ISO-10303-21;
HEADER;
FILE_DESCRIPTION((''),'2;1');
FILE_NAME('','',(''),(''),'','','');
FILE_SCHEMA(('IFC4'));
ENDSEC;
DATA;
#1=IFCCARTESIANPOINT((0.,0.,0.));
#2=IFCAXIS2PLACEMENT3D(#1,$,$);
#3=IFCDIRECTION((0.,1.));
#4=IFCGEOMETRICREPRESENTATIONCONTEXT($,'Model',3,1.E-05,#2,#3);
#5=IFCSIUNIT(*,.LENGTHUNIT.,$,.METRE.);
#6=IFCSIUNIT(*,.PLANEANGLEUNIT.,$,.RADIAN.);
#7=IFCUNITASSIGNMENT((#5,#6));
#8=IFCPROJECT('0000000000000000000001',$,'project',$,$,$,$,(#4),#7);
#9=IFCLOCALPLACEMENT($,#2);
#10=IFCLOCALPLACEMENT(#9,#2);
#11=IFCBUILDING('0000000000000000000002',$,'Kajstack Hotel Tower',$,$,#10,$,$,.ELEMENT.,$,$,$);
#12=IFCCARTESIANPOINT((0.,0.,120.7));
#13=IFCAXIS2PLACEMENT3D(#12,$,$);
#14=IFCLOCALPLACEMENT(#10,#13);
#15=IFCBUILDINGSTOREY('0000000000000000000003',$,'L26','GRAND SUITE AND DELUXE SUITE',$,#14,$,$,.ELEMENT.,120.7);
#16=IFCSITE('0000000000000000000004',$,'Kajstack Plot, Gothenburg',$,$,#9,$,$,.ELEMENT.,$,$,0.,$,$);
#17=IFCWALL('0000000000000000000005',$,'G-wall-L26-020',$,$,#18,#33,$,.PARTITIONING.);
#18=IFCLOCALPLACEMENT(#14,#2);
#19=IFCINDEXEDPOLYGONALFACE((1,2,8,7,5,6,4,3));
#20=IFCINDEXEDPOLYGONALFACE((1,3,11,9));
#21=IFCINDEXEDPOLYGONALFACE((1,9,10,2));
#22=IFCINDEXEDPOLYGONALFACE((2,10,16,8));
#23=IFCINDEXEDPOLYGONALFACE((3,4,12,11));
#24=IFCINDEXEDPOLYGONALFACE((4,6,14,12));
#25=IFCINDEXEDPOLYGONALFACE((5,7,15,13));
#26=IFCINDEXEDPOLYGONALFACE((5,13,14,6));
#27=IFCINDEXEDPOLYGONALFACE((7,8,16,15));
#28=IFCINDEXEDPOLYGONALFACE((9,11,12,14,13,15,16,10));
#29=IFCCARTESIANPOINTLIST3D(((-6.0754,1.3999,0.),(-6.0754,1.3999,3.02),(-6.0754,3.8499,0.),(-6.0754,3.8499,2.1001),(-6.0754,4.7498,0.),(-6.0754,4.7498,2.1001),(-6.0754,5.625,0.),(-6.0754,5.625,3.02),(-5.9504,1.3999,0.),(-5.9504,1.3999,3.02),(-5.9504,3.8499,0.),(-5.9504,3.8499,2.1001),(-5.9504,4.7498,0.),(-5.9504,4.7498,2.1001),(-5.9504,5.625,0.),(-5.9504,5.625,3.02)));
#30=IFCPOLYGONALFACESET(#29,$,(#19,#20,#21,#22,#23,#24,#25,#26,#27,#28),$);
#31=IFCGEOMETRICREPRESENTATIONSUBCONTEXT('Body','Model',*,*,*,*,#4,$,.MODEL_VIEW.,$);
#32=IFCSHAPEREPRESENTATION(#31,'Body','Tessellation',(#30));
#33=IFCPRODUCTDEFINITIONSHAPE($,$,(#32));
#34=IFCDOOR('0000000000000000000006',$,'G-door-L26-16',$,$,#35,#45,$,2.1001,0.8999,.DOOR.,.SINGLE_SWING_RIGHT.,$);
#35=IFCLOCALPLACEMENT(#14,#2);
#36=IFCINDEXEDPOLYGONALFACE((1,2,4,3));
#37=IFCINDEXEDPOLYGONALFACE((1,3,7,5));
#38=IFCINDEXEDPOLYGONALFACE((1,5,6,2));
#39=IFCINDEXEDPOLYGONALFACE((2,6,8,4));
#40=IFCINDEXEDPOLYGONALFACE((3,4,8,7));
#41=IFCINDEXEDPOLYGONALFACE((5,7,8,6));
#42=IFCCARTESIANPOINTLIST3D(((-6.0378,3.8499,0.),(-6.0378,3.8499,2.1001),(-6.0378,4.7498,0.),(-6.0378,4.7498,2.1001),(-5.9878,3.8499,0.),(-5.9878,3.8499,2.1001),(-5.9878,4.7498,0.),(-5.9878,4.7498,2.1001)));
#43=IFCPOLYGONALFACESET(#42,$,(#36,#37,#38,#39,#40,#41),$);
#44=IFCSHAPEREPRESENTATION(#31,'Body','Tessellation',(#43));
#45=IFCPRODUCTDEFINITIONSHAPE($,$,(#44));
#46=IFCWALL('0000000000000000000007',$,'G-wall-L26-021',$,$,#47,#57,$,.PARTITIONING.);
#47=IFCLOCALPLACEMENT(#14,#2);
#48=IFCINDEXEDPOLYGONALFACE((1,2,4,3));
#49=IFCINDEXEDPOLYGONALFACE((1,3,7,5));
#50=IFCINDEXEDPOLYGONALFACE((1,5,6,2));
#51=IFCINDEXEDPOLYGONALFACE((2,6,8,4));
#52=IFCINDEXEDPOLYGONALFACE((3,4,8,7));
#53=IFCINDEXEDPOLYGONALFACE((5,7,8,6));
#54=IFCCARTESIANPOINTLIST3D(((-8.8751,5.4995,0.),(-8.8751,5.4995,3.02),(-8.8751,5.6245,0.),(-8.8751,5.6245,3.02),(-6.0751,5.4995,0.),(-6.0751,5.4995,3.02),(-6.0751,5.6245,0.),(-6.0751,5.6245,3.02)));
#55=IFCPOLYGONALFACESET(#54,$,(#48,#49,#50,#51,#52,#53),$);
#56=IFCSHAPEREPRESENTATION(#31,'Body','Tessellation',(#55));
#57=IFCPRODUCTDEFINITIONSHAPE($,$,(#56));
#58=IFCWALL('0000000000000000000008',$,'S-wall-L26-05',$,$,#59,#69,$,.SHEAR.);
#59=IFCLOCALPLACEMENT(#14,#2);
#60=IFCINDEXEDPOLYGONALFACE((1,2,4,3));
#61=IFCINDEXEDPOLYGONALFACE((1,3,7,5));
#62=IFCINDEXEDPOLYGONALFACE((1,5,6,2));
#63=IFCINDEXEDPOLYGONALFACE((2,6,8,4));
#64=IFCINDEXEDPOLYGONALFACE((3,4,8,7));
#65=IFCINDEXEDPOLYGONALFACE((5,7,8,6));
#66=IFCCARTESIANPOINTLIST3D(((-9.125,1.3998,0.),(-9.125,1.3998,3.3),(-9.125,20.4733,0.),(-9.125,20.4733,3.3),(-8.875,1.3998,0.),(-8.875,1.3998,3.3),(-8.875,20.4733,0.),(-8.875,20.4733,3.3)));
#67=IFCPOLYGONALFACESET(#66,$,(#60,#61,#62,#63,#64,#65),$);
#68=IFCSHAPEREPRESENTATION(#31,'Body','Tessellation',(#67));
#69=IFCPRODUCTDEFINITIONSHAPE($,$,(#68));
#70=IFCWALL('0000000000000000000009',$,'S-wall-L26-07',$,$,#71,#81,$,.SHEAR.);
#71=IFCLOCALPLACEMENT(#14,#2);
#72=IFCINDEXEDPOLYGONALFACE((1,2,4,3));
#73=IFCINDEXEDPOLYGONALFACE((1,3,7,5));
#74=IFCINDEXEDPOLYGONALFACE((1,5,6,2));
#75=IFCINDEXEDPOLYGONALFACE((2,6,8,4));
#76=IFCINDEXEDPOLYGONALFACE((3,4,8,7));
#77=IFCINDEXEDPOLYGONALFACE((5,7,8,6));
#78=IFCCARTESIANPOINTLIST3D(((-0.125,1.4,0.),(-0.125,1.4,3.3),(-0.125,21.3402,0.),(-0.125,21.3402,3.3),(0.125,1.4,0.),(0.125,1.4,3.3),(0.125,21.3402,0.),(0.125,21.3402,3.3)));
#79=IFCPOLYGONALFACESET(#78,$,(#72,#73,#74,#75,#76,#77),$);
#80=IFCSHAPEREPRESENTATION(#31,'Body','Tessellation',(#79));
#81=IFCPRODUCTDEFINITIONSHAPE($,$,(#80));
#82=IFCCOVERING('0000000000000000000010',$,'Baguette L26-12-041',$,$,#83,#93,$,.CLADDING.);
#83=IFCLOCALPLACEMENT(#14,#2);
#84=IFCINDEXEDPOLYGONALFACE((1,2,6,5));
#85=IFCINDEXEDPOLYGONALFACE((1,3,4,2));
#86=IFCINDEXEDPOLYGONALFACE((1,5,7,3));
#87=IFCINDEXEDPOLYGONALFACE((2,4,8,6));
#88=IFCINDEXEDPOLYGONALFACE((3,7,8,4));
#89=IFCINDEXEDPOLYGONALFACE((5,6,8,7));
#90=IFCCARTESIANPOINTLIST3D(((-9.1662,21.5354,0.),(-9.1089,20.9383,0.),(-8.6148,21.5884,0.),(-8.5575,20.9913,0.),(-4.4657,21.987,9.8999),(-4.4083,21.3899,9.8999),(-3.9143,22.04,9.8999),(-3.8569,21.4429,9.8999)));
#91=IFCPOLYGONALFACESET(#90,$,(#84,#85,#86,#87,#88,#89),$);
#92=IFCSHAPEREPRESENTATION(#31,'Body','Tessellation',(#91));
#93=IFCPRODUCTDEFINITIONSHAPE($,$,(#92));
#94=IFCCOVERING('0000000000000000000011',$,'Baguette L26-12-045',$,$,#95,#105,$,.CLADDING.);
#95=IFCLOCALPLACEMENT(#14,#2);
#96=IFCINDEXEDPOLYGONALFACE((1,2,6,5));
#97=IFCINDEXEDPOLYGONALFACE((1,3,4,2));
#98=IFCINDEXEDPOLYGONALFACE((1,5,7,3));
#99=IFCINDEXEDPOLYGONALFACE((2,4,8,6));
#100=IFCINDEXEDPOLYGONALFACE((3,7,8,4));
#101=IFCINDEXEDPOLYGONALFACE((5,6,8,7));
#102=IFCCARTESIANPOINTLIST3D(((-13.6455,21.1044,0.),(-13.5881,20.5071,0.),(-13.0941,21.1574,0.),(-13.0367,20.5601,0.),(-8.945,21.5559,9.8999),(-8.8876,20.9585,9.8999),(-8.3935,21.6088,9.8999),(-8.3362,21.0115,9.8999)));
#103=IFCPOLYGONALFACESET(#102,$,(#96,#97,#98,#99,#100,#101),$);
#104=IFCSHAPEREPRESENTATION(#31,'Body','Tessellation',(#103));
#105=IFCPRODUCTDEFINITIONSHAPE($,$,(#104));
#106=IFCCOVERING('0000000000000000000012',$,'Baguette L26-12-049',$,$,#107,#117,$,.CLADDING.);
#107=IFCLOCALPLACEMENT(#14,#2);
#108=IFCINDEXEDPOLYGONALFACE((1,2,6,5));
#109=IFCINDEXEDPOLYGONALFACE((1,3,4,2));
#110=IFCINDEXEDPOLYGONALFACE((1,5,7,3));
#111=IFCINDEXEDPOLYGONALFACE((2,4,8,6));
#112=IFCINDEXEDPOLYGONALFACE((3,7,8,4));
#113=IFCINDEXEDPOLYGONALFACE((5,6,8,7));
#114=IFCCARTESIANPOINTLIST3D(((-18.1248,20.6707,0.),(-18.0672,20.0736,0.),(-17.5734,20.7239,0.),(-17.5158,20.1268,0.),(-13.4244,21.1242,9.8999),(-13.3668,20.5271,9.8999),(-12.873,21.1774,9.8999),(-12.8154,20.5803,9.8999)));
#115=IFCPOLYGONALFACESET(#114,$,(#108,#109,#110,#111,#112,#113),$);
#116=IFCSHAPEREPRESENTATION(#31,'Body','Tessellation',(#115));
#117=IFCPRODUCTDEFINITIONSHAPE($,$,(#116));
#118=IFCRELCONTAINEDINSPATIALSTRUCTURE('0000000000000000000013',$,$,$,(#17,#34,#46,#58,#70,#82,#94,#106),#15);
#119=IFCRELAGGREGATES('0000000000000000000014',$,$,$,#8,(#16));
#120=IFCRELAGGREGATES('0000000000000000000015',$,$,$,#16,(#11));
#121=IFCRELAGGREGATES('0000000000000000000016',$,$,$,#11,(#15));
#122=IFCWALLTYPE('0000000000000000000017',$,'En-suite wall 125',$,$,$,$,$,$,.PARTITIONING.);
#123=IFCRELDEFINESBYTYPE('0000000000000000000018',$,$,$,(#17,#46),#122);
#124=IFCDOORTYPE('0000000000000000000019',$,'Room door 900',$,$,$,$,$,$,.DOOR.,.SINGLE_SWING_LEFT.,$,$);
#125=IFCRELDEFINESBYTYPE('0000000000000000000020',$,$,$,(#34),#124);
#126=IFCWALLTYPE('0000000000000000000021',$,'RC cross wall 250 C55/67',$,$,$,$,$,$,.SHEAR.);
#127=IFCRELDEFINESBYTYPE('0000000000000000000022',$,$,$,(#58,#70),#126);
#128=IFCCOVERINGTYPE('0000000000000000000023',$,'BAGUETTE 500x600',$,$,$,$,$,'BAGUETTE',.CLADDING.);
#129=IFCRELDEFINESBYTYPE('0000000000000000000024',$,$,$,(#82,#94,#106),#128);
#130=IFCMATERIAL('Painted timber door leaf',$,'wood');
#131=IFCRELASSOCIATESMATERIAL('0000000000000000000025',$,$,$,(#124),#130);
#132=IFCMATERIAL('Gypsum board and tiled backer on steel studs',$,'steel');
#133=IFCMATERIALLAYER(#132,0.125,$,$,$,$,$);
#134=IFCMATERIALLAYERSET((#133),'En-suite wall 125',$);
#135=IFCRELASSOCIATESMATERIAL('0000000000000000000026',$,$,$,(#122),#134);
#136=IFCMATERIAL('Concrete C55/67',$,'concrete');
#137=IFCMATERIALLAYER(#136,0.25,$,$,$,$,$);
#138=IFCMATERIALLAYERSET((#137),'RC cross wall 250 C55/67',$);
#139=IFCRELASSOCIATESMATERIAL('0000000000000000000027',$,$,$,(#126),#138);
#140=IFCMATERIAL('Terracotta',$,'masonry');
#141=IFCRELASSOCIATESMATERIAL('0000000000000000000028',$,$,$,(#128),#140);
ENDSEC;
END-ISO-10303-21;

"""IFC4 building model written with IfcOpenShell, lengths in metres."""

from ifc_helpers import new_model, si_unit, direction, frame, frame_2d, origin, origin_2d, place, context, subcontext, project, spatial, polyline, rectangle, outline, extrude, material, layer, layer_set, material_profile, profile_set, type_object, element, fill, save


model = new_model("IFC4")

# Units and contexts
model_context = context("Model", 3, precision=1e-05, world=origin(), true_north=direction((0.0, 1.0)))
body_context = subcontext(model_context, "Body", "Model", "MODEL_VIEW")
ifc_project = project(units=[si_unit("LENGTHUNIT", "METRE"), si_unit("PLANEANGLEUNIT", "RADIAN")], contexts=[model_context])

# Site, building, storey
site_placement = place(None, origin())
site = spatial("IfcSite", under=ifc_project, at=site_placement, Name="Kajstack Plot, Gothenburg", CompositionType="ELEMENT", RefElevation=0.0)
building_placement = place(site_placement, origin())
building = spatial("IfcBuilding", under=site, at=building_placement, Name="Kajstack Hotel Tower", CompositionType="ELEMENT")
storey_placement = place(building_placement, frame((0.0, 0.0, 120.7)))
storey = spatial("IfcBuildingStorey", under=building, at=storey_placement, Name="L26", Description="GRAND SUITE AND DELUXE SUITE", CompositionType="ELEMENT", Elevation=120.7)

# Shared definitions
ifc_material_1 = material(Name="Painted timber door leaf", Category="wood")
door_type_1 = type_object("IfcDoorType", Name="Room door 900", OperationType="SINGLE_SWING_LEFT", PredefinedType="DOOR", material=ifc_material_1)

# Wall, opening, door
ifc_material_2 = material(Name="Gypsum board and tiled backer on steel studs", Category="steel")
ifc_layer_1 = layer(ifc_material_2, 0.125)
ifc_layer_set_1 = layer_set([ifc_layer_1], Name="En-suite wall 125")
wall_type_1 = type_object("IfcWallType", Name="En-suite wall 125", PredefinedType="PARTITIONING", material=ifc_layer_set_1)
wall_1_placement = place(storey_placement, frame((-6.0129, 1.3999, 0.0), z_axis=(0.0, 0.0, 1.0), x_axis=(0.0, 1.0, 0.0)))
wall_1 = element("IfcWall", 1, at=wall_1_placement, inside=storey, type_object=wall_type_1, Name="G-wall-L26-020", PredefinedType="PARTITIONING", context=body_context, shape_type="SweptSolid", body=[
    extrude(rectangle(XDim=4.2251, YDim=0.125, at=frame_2d((2.1125, 0.0))), origin(), (0.0, 0.0, 1.0), 3.02),
])
opening_1_placement = place(wall_1_placement, frame((2.45, 0.0, 0.0)))
opening_1 = element("IfcOpeningElement", 2, at=opening_1_placement, cuts=wall_1, PredefinedType="OPENING", context=body_context, shape_type="SweptSolid", body=[
    extrude(rectangle(XDim=0.8999, YDim=2.1001, at=frame_2d((0.45, 1.05))), frame((0.0, 0.0725, 0.0), z_axis=(0.0, -1.0, 0.0), x_axis=(1.0, 0.0, 0.0)), (0.0, 0.0, 1.0), 0.145),
])
door_1_placement = place(opening_1_placement, origin())
door_1 = element("IfcDoor", 3, at=door_1_placement, inside=storey, type_object=door_type_1, Name="G-door-L26-16", OperationType="SINGLE_SWING_RIGHT", OverallHeight=2.1001, OverallWidth=0.8999, PredefinedType="DOOR", context=body_context, shape_type="SweptSolid", body=[
    extrude(rectangle(XDim=0.8999, YDim=2.1001, at=frame_2d((0.45, 1.05))), frame((0.0, 0.0249, 0.0), z_axis=(0.0, -1.0, 0.0), x_axis=(1.0, 0.0, 0.0)), (0.0, 0.0, 1.0), 0.05),
])
fill(opening_1, door_1)

# Walls
wall_2_placement = place(storey_placement, frame((-8.875, 5.562, 0.0), z_axis=(0.0, 0.0, 1.0), x_axis=(1.0, 0.0, 0.0)))
element("IfcWall", 4, at=wall_2_placement, inside=storey, type_object=wall_type_1, Name="G-wall-L26-021", PredefinedType="PARTITIONING", context=body_context, shape_type="SweptSolid", body=[
    extrude(rectangle(XDim=2.8, YDim=0.125, at=frame_2d((1.3999, 0.0))), origin(), (0.0, 0.0, 1.0), 3.02),
])
ifc_material_3 = material(Name="Concrete C55/67", Category="concrete")
ifc_layer_2 = layer(ifc_material_3, 0.25)
ifc_layer_set_2 = layer_set([ifc_layer_2], Name="RC cross wall 250 C55/67")
wall_type_2 = type_object("IfcWallType", Name="RC cross wall 250 C55/67", PredefinedType="SHEAR", material=ifc_layer_set_2)
wall_3_placement = place(storey_placement, frame((-9.0, 1.3999, 0.0), z_axis=(0.0, 0.0, 1.0), x_axis=(0.0, 1.0, 0.0)))
element("IfcWall", 5, at=wall_3_placement, inside=storey, type_object=wall_type_2, Name="S-wall-L26-05", PredefinedType="SHEAR", context=body_context, shape_type="SweptSolid", body=[
    extrude(rectangle(XDim=19.0735, YDim=0.25, at=frame_2d((9.5366, 0.0))), origin(), (0.0, 0.0, 1.0), 3.3),
])
wall_4_placement = place(storey_placement, frame((0.0, 1.3999, 0.0), z_axis=(0.0, 0.0, 1.0), x_axis=(0.0, 1.0, 0.0)))
element("IfcWall", 6, at=wall_4_placement, inside=storey, type_object=wall_type_2, Name="S-wall-L26-07", PredefinedType="SHEAR", context=body_context, shape_type="SweptSolid", body=[
    extrude(rectangle(XDim=19.9402, YDim=0.25, at=frame_2d((9.9702, 0.0))), origin(), (0.0, 0.0, 1.0), 3.3),
])

# Coverings
ifc_material_4 = material(Name="Terracotta", Category="masonry")
ifc_material_profile = material_profile(ifc_material_4, rectangle(XDim=0.6001, YDim=0.5, at=origin_2d()), Name="Terracotta-clad concrete baguette 500 x 600")
ifc_profile_set = profile_set([ifc_material_profile], Name="Terracotta")
covering_type = type_object("IfcCoveringType", Name="BAGUETTE 500x600", ElementType="BAGUETTE", PredefinedType="CLADDING", material=ifc_profile_set)
covering_1_placement = place(storey_placement, frame((-3.8569, 21.4429, 0.0), z_axis=(-0.095635, 0.995416, 0.0), x_axis=(-0.995416, -0.095635, 0.0)))
element("IfcCovering", 7, at=covering_1_placement, inside=storey, type_object=covering_type, Name="Baguette L26-12-041", PredefinedType="CLADDING", context=body_context, shape_type="SweptSolid", body=[
    extrude(outline(polyline([(0.0, 9.8999), (4.7222, 0.0), (5.2761, 0.0), (0.554, 9.8999), (0.0, 9.8999)])), origin(), (0.0, 0.0, 1.0), 0.5999),
])
covering_2_placement = place(storey_placement, frame((-8.3362, 21.0115, 0.0), z_axis=(-0.095596, 0.99542, 0.0), x_axis=(-0.99542, -0.095596, 0.0)))
element("IfcCovering", 8, at=covering_2_placement, inside=storey, type_object=covering_type, Name="Baguette L26-12-045", PredefinedType="CLADDING", context=body_context, shape_type="SweptSolid", body=[
    extrude(outline(polyline([(0.0, 9.8999), (4.7222, 0.0), (5.2761, 0.0), (0.554, 9.8999), (0.0, 9.8999)])), origin(), (0.0, 0.0, 1.0), 0.6001),
])
covering_3_placement = place(storey_placement, frame((-12.8154, 20.5803, 0.0), z_axis=(-0.096038, 0.995378, 0.0), x_axis=(-0.995378, -0.096038, 0.0)))
element("IfcCovering", 9, at=covering_3_placement, inside=storey, type_object=covering_type, Name="Baguette L26-12-049", PredefinedType="CLADDING", context=body_context, shape_type="SweptSolid", body=[
    extrude(outline(polyline([(0.0, 9.8999), (4.7222, 0.0), (5.2761, 0.0), (0.554, 9.8999), (0.0, 9.8999)])), origin(), (0.0, 0.0, 1.0), 0.5999),
])

save(model, "model.ifc")
